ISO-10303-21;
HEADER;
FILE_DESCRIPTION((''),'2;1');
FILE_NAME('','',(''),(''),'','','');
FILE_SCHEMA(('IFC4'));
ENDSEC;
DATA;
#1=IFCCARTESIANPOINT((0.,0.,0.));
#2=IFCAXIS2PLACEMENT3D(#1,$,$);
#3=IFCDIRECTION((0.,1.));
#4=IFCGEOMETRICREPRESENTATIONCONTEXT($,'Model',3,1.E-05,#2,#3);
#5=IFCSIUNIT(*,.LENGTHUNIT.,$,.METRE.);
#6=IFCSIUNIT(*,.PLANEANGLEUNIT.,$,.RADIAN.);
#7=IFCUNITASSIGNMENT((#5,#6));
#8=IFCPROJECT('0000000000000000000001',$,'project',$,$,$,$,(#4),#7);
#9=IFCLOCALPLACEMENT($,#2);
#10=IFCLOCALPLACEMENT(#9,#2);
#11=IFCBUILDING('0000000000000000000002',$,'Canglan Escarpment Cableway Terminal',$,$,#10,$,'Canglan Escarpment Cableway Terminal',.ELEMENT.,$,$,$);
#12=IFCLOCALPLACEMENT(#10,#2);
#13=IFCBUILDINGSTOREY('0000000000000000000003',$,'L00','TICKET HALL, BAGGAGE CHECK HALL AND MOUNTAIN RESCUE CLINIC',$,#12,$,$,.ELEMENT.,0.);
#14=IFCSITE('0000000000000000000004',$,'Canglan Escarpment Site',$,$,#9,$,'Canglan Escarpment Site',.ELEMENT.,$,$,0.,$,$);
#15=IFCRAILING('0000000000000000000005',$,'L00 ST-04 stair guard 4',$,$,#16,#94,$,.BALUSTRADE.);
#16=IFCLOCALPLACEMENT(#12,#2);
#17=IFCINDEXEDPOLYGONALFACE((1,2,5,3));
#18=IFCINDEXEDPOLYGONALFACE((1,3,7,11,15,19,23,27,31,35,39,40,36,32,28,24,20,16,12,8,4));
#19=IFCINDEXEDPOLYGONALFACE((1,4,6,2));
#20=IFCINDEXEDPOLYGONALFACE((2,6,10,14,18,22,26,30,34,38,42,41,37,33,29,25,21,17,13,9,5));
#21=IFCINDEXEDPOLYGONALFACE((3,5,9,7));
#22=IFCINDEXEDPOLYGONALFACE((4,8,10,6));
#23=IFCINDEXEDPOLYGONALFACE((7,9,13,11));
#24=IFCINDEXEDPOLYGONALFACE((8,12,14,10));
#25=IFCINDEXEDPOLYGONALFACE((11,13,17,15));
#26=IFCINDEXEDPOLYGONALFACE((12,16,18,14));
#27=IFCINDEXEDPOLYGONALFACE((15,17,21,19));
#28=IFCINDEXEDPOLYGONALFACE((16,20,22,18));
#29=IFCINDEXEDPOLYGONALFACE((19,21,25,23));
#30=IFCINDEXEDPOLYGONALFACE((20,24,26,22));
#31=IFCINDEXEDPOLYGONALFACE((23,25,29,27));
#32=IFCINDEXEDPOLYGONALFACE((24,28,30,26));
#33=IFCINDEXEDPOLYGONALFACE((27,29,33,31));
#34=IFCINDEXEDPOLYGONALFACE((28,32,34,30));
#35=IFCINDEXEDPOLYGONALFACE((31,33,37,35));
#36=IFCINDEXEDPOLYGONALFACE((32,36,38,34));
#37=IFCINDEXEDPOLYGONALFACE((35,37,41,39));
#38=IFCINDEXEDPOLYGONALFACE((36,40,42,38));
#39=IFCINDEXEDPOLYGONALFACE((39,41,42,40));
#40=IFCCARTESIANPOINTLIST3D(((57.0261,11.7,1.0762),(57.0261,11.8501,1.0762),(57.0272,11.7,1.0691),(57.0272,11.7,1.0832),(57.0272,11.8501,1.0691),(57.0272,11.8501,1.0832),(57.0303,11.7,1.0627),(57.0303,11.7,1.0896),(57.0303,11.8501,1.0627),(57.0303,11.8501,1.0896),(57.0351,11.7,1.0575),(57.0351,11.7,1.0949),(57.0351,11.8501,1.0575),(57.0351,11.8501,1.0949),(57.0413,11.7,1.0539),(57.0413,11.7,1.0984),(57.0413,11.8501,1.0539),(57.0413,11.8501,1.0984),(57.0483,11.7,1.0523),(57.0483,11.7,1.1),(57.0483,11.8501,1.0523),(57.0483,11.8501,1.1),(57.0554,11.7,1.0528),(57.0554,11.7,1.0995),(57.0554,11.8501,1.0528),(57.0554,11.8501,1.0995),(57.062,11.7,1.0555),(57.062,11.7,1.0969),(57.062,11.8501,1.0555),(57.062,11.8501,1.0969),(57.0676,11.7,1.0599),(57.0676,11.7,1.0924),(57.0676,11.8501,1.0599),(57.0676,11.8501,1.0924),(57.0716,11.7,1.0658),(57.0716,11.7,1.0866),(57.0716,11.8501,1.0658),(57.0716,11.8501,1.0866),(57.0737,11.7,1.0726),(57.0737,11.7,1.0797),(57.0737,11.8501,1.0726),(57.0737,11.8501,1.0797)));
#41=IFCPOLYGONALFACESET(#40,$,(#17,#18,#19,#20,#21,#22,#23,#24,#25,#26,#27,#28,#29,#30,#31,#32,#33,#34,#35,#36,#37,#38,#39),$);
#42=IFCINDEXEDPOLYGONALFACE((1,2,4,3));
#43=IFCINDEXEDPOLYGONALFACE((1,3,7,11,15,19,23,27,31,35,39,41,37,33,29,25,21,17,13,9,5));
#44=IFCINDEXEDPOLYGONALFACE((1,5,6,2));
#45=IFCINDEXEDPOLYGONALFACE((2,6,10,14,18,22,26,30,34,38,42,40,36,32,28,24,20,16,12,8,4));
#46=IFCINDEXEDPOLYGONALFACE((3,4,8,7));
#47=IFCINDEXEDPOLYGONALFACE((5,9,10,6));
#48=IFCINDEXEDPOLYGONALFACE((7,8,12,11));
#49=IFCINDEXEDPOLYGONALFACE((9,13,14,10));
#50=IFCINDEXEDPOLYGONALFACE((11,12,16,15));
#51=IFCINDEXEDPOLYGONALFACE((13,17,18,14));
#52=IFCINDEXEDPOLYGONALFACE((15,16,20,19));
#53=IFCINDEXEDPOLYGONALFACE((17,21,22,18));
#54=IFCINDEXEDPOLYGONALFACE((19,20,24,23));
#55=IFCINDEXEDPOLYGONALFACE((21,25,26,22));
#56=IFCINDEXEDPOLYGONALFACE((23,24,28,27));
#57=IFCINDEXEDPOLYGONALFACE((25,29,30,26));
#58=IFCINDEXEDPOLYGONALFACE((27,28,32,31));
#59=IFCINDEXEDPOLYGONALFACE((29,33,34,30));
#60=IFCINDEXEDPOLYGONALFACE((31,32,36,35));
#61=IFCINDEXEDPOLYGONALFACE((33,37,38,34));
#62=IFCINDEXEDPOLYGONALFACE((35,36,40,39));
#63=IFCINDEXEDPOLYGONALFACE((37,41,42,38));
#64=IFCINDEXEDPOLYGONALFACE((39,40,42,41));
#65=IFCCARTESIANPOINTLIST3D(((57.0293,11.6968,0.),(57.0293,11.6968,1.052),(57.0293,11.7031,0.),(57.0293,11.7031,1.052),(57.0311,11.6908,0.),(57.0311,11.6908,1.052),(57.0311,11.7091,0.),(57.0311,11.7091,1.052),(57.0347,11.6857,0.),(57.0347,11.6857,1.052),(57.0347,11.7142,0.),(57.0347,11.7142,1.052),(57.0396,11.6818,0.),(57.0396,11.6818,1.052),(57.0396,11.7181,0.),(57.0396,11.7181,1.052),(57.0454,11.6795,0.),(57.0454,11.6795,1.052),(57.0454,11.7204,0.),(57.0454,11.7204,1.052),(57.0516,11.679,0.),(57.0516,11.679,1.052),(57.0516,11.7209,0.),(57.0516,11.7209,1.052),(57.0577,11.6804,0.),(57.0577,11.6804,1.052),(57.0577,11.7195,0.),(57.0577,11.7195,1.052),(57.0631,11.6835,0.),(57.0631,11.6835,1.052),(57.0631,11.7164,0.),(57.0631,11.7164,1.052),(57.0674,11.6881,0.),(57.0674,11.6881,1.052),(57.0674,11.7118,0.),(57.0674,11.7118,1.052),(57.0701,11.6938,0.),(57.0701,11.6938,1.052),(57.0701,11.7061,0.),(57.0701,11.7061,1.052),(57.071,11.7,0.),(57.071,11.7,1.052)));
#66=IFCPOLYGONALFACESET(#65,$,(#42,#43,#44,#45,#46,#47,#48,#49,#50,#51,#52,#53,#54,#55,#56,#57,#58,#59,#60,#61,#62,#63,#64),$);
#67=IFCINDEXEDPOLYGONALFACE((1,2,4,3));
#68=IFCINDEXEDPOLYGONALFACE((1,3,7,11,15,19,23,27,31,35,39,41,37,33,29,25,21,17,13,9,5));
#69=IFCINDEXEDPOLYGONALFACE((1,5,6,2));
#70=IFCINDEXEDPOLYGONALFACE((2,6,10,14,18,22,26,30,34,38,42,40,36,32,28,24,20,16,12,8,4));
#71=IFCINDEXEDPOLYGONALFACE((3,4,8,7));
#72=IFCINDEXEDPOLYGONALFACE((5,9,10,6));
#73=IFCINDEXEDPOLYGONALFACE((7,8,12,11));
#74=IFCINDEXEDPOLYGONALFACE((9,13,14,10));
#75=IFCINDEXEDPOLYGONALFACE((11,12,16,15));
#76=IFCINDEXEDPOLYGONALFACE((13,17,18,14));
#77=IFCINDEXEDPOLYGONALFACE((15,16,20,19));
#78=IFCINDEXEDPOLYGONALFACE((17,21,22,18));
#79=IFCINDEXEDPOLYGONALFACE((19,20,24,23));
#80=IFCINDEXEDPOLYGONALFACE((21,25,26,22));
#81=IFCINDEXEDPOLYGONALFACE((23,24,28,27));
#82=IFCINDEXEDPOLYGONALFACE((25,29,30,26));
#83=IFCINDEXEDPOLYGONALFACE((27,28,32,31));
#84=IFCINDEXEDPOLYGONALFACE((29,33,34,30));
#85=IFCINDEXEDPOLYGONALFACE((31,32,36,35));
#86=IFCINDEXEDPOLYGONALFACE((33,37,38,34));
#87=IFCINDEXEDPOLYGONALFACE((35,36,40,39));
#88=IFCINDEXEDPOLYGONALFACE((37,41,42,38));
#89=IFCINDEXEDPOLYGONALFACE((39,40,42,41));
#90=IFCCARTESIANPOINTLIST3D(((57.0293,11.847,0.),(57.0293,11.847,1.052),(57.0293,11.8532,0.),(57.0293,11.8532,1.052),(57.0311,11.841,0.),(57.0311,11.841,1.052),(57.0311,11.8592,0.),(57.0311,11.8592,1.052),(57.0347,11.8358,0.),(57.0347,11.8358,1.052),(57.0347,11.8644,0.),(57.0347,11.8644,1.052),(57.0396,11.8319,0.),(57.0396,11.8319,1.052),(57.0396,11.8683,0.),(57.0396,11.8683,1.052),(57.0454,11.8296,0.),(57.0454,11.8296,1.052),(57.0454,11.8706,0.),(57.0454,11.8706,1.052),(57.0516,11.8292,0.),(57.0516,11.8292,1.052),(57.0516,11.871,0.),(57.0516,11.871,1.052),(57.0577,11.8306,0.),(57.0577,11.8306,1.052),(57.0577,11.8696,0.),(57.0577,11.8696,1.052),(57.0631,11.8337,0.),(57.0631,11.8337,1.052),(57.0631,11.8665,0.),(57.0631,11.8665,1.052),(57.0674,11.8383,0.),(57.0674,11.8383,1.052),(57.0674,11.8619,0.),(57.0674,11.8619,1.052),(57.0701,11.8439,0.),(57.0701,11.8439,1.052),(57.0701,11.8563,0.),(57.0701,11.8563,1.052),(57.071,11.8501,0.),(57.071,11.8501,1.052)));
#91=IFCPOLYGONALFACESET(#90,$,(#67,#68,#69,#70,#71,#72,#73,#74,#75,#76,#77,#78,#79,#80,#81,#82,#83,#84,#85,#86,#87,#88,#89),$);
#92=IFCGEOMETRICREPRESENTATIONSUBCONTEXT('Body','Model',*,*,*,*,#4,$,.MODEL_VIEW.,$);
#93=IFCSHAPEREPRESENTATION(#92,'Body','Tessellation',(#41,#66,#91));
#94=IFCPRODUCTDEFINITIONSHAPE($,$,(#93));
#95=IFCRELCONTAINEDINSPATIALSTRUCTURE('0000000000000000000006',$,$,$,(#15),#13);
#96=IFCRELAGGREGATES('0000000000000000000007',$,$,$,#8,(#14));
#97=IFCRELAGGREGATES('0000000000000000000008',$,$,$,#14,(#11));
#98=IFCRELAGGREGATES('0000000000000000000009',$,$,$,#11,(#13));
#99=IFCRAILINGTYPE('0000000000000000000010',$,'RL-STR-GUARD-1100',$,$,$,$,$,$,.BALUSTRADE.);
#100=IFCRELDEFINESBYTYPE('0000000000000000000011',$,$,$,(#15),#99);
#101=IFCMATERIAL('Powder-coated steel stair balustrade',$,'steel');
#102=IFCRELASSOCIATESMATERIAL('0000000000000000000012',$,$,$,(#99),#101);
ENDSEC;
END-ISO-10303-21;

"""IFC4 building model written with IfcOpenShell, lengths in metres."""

from ifc_helpers import new_model, si_unit, direction, frame, origin, origin_2d, place, context, subcontext, project, spatial, circle, extrude, material, type_object, element, save


model = new_model("IFC4")

# Units and contexts
model_context = context("Model", 3, precision=1e-05, world=origin(), true_north=direction((0.0, 1.0)))
body_context = subcontext(model_context, "Body", "Model", "MODEL_VIEW")
ifc_project = project(units=[si_unit("LENGTHUNIT", "METRE"), si_unit("PLANEANGLEUNIT", "RADIAN")], contexts=[model_context])

# Site, building, storey
site_placement = place(None, origin())
site = spatial("IfcSite", under=ifc_project, at=site_placement, Name="Canglan Escarpment Site", LongName="Canglan Escarpment Site", CompositionType="ELEMENT", RefElevation=0.0)
building_placement = place(site_placement, origin())
building = spatial("IfcBuilding", under=site, at=building_placement, Name="Canglan Escarpment Cableway Terminal", LongName="Canglan Escarpment Cableway Terminal", CompositionType="ELEMENT")
storey_placement = place(building_placement, origin())
storey = spatial("IfcBuildingStorey", under=building, at=storey_placement, Name="L00", Description="TICKET HALL, BAGGAGE CHECK HALL AND MOUNTAIN RESCUE CLINIC", CompositionType="ELEMENT", Elevation=0.0)

# Railing
ifc_material_1 = material(Name="Powder-coated steel stair balustrade", Category="steel")
railing_type_1 = type_object("IfcRailingType", Name="RL-STR-GUARD-1100", PredefinedType="BALUSTRADE", material=ifc_material_1)
railing_1_placement = place(storey_placement, frame((57.05, 11.7, 0.0)))
element("IfcRailing", 1, at=railing_1_placement, inside=storey, type_object=railing_type_1, Name="L00 ST-04 stair guard 4", PredefinedType="BALUSTRADE", context=body_context, shape_type="SweptSolid", body=[
    extrude(circle(Radius=0.0239, at=origin_2d()), frame((0.0, 0.0, 1.0762), z_axis=(0.0, 1.0, 0.0), x_axis=(-1.0, 0.0, 0.0)), (0.0, 0.0, 1.0), 0.1501),
    extrude(circle(Radius=0.021, at=origin_2d()), origin(), (0.0, 0.0, 1.0), 1.052),
    extrude(circle(Radius=0.021, at=origin_2d()), frame((0.0, 0.1501, 0.0)), (0.0, 0.0, 1.0), 1.052),
])

save(model, "model.ifc")
